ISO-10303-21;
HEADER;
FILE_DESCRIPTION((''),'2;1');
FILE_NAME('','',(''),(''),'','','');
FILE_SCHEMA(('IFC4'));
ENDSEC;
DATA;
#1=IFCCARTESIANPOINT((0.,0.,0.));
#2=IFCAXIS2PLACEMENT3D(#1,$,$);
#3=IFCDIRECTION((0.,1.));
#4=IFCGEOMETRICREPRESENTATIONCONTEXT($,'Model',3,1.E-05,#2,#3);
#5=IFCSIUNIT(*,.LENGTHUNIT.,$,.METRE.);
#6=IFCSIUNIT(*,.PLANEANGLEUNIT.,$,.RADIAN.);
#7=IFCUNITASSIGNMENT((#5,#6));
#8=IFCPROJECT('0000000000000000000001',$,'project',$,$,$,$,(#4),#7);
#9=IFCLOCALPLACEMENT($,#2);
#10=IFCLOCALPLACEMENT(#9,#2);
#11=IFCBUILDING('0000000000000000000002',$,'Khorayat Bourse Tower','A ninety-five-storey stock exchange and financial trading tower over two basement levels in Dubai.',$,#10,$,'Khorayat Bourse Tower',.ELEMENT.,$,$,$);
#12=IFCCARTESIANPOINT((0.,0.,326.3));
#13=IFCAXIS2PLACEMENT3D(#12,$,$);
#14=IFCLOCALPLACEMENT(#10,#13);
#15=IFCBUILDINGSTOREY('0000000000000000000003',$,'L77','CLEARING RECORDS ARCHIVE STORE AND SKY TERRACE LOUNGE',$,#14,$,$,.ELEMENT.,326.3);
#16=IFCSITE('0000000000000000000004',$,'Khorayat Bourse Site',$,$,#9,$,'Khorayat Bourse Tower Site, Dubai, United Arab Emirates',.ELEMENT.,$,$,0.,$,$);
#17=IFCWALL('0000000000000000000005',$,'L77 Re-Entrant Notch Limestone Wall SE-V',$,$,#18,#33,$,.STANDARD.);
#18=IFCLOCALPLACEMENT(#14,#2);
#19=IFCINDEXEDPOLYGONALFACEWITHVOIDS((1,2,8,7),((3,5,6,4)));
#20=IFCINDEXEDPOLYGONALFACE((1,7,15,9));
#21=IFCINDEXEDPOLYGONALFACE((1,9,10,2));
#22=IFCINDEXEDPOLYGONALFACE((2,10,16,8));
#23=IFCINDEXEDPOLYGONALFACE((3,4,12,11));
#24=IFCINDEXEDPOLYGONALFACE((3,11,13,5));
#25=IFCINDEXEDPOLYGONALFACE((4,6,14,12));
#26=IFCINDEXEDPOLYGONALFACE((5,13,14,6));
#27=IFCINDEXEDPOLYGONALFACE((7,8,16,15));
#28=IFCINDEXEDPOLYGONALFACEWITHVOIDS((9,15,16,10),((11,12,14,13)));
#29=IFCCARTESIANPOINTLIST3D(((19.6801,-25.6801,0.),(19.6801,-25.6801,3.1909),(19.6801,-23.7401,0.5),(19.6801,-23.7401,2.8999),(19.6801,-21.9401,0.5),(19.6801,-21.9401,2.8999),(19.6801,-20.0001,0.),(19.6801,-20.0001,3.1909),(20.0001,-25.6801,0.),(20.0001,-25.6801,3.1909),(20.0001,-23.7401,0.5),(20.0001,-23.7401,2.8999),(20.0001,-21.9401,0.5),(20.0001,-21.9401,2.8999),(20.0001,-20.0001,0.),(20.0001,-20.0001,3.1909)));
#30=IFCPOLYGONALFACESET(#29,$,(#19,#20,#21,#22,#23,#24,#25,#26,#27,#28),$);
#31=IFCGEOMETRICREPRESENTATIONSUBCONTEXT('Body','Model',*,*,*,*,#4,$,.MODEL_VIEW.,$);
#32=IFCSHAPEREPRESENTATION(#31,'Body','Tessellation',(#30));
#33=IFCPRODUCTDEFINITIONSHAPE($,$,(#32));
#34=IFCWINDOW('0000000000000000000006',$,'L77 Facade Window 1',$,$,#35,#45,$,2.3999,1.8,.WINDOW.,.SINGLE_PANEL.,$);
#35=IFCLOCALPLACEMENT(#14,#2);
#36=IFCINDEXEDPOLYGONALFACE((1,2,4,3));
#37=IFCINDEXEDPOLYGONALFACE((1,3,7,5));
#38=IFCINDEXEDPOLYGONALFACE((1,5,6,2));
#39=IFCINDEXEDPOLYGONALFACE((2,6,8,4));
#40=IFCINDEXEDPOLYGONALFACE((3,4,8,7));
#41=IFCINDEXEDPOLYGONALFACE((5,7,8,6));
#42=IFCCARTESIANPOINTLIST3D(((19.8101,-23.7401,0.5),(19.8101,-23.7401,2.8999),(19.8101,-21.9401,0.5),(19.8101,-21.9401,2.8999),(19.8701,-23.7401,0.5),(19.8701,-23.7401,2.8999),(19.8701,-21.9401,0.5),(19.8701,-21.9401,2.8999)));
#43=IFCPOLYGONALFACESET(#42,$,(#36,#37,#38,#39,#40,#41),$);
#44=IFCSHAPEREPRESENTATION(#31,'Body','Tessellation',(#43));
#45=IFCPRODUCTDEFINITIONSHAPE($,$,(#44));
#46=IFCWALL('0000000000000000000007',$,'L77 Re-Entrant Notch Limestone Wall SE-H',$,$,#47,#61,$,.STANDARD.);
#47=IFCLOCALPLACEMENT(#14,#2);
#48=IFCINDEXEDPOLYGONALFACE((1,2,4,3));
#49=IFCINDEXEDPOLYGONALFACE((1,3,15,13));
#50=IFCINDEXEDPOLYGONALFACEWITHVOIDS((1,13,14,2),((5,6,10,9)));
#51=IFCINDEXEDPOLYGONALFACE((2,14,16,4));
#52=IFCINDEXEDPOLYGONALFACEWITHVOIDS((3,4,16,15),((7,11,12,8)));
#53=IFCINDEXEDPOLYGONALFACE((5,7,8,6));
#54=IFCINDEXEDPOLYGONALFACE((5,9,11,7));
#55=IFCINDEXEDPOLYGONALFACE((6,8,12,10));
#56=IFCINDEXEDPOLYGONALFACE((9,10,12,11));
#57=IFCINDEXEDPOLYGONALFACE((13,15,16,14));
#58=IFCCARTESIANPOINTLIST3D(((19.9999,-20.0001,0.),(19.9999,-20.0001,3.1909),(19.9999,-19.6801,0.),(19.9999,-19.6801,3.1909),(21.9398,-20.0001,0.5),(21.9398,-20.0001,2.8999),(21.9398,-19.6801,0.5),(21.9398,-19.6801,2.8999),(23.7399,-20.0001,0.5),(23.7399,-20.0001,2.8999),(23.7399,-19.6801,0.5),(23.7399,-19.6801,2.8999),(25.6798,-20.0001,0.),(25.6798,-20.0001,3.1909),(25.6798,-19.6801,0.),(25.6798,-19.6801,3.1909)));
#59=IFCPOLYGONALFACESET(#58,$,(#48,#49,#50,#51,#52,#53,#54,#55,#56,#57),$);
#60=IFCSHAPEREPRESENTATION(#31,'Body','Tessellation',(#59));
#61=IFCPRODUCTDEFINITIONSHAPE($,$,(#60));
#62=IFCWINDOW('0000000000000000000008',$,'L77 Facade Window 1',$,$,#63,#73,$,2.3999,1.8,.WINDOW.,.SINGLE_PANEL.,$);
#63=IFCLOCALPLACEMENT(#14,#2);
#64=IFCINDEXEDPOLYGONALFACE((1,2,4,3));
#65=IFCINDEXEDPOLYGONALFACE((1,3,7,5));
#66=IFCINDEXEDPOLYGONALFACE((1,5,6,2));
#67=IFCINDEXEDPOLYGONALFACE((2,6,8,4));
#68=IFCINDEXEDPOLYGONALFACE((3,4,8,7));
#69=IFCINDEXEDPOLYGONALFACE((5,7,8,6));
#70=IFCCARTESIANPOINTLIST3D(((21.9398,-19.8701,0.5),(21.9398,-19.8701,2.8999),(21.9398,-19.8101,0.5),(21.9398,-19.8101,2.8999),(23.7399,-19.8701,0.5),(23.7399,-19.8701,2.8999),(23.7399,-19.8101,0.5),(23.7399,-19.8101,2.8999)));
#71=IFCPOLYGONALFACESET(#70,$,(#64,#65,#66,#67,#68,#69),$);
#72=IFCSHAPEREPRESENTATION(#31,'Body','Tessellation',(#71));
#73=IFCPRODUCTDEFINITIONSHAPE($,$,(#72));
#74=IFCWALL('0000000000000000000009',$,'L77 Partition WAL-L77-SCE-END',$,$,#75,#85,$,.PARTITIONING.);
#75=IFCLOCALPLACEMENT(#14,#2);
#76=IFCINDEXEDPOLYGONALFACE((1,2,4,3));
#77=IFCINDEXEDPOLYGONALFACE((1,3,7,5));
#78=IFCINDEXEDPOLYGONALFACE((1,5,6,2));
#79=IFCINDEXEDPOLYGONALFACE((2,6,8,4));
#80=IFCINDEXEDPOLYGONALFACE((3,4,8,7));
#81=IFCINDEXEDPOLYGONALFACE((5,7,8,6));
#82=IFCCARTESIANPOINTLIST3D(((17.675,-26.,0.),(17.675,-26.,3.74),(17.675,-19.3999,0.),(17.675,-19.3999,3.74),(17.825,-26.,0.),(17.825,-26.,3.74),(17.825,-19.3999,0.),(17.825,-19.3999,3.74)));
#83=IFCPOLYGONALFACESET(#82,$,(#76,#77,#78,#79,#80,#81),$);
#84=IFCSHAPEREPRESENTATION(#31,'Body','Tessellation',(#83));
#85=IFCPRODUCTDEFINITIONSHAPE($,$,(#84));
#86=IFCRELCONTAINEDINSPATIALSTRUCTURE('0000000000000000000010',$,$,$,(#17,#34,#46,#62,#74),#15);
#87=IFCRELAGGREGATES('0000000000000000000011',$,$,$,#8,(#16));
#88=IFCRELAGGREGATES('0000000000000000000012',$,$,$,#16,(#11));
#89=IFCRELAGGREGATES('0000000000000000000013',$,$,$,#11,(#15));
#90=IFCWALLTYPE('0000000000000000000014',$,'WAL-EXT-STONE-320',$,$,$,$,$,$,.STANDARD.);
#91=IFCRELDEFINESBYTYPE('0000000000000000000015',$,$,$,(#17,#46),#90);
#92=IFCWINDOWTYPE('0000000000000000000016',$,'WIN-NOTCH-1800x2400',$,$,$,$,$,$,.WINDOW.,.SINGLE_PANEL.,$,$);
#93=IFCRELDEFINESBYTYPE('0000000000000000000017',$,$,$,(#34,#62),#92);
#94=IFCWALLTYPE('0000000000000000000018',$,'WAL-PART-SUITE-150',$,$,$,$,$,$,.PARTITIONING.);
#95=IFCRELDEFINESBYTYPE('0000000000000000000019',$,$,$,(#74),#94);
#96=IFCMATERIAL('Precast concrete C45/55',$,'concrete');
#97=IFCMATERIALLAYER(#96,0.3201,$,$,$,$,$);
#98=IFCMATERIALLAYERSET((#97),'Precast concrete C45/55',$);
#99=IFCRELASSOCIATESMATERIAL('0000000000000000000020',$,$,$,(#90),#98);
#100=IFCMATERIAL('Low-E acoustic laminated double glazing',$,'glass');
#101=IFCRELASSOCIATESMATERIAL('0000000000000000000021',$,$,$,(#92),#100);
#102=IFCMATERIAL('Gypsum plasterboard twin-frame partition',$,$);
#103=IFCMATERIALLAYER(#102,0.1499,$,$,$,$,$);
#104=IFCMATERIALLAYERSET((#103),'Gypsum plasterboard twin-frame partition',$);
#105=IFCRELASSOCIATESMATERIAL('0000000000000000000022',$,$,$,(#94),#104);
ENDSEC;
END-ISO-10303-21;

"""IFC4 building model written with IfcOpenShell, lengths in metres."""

from ifc_helpers import new_model, si_unit, direction, frame, frame_2d, origin, place, context, subcontext, project, spatial, rectangle, extrude, source, transform, mapped, material, layer, layer_set, type_object, element, fill, save


model = new_model("IFC4")

# Units and contexts
model_context = context("Model", 3, precision=1e-05, world=origin(), true_north=direction((0.0, 1.0)))
body_context = subcontext(model_context, "Body", "Model", "MODEL_VIEW")
ifc_project = project(units=[si_unit("LENGTHUNIT", "METRE"), si_unit("PLANEANGLEUNIT", "RADIAN")], contexts=[model_context])

# Site, building, storey
site_placement = place(None, origin())
site = spatial("IfcSite", under=ifc_project, at=site_placement, Name="Khorayat Bourse Site", LongName="Khorayat Bourse Tower Site, Dubai, United Arab Emirates", CompositionType="ELEMENT", RefElevation=0.0)
building_placement = place(site_placement, origin())
building = spatial("IfcBuilding", under=site, at=building_placement, Name="Khorayat Bourse Tower", Description="A ninety-five-storey stock exchange and financial trading tower over two basement levels in Dubai.", LongName="Khorayat Bourse Tower", CompositionType="ELEMENT")
storey_placement = place(building_placement, frame((0.0, 0.0, 326.3)))
storey = spatial("IfcBuildingStorey", under=building, at=storey_placement, Name="L77", Description="CLEARING RECORDS ARCHIVE STORE AND SKY TERRACE LOUNGE", CompositionType="ELEMENT", Elevation=326.3)

# Walls, openings, windows
ifc_material_1 = material(Name="Precast concrete C45/55", Category="concrete")
ifc_layer_1 = layer(ifc_material_1, 0.3201)
ifc_layer_set_1 = layer_set([ifc_layer_1], Name="Precast concrete C45/55")
wall_type_1 = type_object("IfcWallType", Name="WAL-EXT-STONE-320", PredefinedType="STANDARD", material=ifc_layer_set_1)
shared_shape_1 = source(origin(), body_context, "Body", "SweptSolid", [
    extrude(rectangle(XDim=5.6799, YDim=0.3201, at=frame_2d((2.8398, 0.0))), origin(), (0.0, 0.0, 1.0), 3.1909),
])
wall_1_placement = place(storey_placement, frame((19.8401, -25.6799, 0.0), z_axis=(0.0, 0.0, 1.0), x_axis=(0.0, 1.0, 0.0)))
wall_1 = element("IfcWall", 1, at=wall_1_placement, inside=storey, type_object=wall_type_1, Name="L77 Re-Entrant Notch Limestone Wall SE-V", PredefinedType="STANDARD", context=body_context, shape_type="MappedRepresentation", body=[
    mapped(shared_shape_1, transform((0.0, 0.0, 0.0), scale=1.0)),
])
shared_shape_2 = source(origin(), body_context, "Body", "SweptSolid", [
    extrude(rectangle(XDim=1.8, YDim=2.3999, at=frame_2d((0.8999, 1.2))), frame((0.0, 0.1699, 0.0), z_axis=(0.0, -1.0, 0.0), x_axis=(1.0, 0.0, 0.0)), (0.0, 0.0, 1.0), 0.3401),
])
opening_1_placement = place(wall_1_placement, frame((1.9399, 0.0, 0.5)))
opening_1 = element("IfcOpeningElement", 2, at=opening_1_placement, cuts=wall_1, PredefinedType="OPENING", context=body_context, shape_type="MappedRepresentation", body=[
    mapped(shared_shape_2, transform((0.0, 0.0, 0.0), scale=1.0)),
])
ifc_material_2 = material(Name="Low-E acoustic laminated double glazing", Category="glass")
window_type = type_object("IfcWindowType", Name="WIN-NOTCH-1800x2400", PartitioningType="SINGLE_PANEL", PredefinedType="WINDOW", material=ifc_material_2)
shared_shape_3 = source(origin(), body_context, "Body", "SweptSolid", [
    extrude(rectangle(XDim=1.8, YDim=2.3999, at=frame_2d((0.8999, 1.2))), frame((0.0, 0.03, 0.0), z_axis=(0.0, -1.0, 0.0), x_axis=(1.0, 0.0, 0.0)), (0.0, 0.0, 1.0), 0.0601),
])
window_1_placement = place(opening_1_placement, origin())
window_1 = element("IfcWindow", 3, at=window_1_placement, inside=storey, type_object=window_type, Name="L77 Facade Window 1", OverallHeight=2.3999, OverallWidth=1.8, PartitioningType="SINGLE_PANEL", PredefinedType="WINDOW", context=body_context, shape_type="MappedRepresentation", body=[
    mapped(shared_shape_3, transform((0.0, 0.0, 0.0), scale=1.0)),
])
fill(opening_1, window_1)
wall_2_placement = place(storey_placement, frame((20.0, -19.8401, 0.0), z_axis=(0.0, 0.0, 1.0), x_axis=(1.0, 0.0, 0.0)))
wall_2 = element("IfcWall", 4, at=wall_2_placement, inside=storey, type_object=wall_type_1, Name="L77 Re-Entrant Notch Limestone Wall SE-H", PredefinedType="STANDARD", context=body_context, shape_type="MappedRepresentation", body=[
    mapped(shared_shape_1, transform((0.0, 0.0, 0.0), scale=1.0)),
])
opening_2_placement = place(wall_2_placement, frame((1.9399, 0.0, 0.5)))
opening_2 = element("IfcOpeningElement", 5, at=opening_2_placement, cuts=wall_2, PredefinedType="OPENING", context=body_context, shape_type="MappedRepresentation", body=[
    mapped(shared_shape_2, transform((0.0, 0.0, 0.0), scale=1.0)),
])
window_2_placement = place(opening_2_placement, origin())
window_2 = element("IfcWindow", 6, at=window_2_placement, inside=storey, type_object=window_type, Name="L77 Facade Window 1", OverallHeight=2.3999, OverallWidth=1.8, PartitioningType="SINGLE_PANEL", PredefinedType="WINDOW", context=body_context, shape_type="MappedRepresentation", body=[
    mapped(shared_shape_3, transform((0.0, 0.0, 0.0), scale=1.0)),
])
fill(opening_2, window_2)

# Wall
ifc_material_3 = material(Name="Gypsum plasterboard twin-frame partition")
ifc_layer_2 = layer(ifc_material_3, 0.1499)
ifc_layer_set_2 = layer_set([ifc_layer_2], Name="Gypsum plasterboard twin-frame partition")
wall_type_2 = type_object("IfcWallType", Name="WAL-PART-SUITE-150", PredefinedType="PARTITIONING", material=ifc_layer_set_2)
shared_shape_4 = source(origin(), body_context, "Body", "SweptSolid", [
    extrude(rectangle(XDim=6.6001, YDim=0.1499, at=frame_2d((3.3, 0.0))), origin(), (0.0, 0.0, 1.0), 3.74),
])
wall_3_placement = place(storey_placement, frame((17.75, -26.0, 0.0), z_axis=(0.0, 0.0, 1.0), x_axis=(0.0, 1.0, 0.0)))
element("IfcWall", 7, at=wall_3_placement, inside=storey, type_object=wall_type_2, Name="L77 Partition WAL-L77-SCE-END", PredefinedType="PARTITIONING", context=body_context, shape_type="MappedRepresentation", body=[
    mapped(shared_shape_4, transform((0.0, 0.0, 0.0), scale=1.0)),
])

save(model, "model.ifc")
